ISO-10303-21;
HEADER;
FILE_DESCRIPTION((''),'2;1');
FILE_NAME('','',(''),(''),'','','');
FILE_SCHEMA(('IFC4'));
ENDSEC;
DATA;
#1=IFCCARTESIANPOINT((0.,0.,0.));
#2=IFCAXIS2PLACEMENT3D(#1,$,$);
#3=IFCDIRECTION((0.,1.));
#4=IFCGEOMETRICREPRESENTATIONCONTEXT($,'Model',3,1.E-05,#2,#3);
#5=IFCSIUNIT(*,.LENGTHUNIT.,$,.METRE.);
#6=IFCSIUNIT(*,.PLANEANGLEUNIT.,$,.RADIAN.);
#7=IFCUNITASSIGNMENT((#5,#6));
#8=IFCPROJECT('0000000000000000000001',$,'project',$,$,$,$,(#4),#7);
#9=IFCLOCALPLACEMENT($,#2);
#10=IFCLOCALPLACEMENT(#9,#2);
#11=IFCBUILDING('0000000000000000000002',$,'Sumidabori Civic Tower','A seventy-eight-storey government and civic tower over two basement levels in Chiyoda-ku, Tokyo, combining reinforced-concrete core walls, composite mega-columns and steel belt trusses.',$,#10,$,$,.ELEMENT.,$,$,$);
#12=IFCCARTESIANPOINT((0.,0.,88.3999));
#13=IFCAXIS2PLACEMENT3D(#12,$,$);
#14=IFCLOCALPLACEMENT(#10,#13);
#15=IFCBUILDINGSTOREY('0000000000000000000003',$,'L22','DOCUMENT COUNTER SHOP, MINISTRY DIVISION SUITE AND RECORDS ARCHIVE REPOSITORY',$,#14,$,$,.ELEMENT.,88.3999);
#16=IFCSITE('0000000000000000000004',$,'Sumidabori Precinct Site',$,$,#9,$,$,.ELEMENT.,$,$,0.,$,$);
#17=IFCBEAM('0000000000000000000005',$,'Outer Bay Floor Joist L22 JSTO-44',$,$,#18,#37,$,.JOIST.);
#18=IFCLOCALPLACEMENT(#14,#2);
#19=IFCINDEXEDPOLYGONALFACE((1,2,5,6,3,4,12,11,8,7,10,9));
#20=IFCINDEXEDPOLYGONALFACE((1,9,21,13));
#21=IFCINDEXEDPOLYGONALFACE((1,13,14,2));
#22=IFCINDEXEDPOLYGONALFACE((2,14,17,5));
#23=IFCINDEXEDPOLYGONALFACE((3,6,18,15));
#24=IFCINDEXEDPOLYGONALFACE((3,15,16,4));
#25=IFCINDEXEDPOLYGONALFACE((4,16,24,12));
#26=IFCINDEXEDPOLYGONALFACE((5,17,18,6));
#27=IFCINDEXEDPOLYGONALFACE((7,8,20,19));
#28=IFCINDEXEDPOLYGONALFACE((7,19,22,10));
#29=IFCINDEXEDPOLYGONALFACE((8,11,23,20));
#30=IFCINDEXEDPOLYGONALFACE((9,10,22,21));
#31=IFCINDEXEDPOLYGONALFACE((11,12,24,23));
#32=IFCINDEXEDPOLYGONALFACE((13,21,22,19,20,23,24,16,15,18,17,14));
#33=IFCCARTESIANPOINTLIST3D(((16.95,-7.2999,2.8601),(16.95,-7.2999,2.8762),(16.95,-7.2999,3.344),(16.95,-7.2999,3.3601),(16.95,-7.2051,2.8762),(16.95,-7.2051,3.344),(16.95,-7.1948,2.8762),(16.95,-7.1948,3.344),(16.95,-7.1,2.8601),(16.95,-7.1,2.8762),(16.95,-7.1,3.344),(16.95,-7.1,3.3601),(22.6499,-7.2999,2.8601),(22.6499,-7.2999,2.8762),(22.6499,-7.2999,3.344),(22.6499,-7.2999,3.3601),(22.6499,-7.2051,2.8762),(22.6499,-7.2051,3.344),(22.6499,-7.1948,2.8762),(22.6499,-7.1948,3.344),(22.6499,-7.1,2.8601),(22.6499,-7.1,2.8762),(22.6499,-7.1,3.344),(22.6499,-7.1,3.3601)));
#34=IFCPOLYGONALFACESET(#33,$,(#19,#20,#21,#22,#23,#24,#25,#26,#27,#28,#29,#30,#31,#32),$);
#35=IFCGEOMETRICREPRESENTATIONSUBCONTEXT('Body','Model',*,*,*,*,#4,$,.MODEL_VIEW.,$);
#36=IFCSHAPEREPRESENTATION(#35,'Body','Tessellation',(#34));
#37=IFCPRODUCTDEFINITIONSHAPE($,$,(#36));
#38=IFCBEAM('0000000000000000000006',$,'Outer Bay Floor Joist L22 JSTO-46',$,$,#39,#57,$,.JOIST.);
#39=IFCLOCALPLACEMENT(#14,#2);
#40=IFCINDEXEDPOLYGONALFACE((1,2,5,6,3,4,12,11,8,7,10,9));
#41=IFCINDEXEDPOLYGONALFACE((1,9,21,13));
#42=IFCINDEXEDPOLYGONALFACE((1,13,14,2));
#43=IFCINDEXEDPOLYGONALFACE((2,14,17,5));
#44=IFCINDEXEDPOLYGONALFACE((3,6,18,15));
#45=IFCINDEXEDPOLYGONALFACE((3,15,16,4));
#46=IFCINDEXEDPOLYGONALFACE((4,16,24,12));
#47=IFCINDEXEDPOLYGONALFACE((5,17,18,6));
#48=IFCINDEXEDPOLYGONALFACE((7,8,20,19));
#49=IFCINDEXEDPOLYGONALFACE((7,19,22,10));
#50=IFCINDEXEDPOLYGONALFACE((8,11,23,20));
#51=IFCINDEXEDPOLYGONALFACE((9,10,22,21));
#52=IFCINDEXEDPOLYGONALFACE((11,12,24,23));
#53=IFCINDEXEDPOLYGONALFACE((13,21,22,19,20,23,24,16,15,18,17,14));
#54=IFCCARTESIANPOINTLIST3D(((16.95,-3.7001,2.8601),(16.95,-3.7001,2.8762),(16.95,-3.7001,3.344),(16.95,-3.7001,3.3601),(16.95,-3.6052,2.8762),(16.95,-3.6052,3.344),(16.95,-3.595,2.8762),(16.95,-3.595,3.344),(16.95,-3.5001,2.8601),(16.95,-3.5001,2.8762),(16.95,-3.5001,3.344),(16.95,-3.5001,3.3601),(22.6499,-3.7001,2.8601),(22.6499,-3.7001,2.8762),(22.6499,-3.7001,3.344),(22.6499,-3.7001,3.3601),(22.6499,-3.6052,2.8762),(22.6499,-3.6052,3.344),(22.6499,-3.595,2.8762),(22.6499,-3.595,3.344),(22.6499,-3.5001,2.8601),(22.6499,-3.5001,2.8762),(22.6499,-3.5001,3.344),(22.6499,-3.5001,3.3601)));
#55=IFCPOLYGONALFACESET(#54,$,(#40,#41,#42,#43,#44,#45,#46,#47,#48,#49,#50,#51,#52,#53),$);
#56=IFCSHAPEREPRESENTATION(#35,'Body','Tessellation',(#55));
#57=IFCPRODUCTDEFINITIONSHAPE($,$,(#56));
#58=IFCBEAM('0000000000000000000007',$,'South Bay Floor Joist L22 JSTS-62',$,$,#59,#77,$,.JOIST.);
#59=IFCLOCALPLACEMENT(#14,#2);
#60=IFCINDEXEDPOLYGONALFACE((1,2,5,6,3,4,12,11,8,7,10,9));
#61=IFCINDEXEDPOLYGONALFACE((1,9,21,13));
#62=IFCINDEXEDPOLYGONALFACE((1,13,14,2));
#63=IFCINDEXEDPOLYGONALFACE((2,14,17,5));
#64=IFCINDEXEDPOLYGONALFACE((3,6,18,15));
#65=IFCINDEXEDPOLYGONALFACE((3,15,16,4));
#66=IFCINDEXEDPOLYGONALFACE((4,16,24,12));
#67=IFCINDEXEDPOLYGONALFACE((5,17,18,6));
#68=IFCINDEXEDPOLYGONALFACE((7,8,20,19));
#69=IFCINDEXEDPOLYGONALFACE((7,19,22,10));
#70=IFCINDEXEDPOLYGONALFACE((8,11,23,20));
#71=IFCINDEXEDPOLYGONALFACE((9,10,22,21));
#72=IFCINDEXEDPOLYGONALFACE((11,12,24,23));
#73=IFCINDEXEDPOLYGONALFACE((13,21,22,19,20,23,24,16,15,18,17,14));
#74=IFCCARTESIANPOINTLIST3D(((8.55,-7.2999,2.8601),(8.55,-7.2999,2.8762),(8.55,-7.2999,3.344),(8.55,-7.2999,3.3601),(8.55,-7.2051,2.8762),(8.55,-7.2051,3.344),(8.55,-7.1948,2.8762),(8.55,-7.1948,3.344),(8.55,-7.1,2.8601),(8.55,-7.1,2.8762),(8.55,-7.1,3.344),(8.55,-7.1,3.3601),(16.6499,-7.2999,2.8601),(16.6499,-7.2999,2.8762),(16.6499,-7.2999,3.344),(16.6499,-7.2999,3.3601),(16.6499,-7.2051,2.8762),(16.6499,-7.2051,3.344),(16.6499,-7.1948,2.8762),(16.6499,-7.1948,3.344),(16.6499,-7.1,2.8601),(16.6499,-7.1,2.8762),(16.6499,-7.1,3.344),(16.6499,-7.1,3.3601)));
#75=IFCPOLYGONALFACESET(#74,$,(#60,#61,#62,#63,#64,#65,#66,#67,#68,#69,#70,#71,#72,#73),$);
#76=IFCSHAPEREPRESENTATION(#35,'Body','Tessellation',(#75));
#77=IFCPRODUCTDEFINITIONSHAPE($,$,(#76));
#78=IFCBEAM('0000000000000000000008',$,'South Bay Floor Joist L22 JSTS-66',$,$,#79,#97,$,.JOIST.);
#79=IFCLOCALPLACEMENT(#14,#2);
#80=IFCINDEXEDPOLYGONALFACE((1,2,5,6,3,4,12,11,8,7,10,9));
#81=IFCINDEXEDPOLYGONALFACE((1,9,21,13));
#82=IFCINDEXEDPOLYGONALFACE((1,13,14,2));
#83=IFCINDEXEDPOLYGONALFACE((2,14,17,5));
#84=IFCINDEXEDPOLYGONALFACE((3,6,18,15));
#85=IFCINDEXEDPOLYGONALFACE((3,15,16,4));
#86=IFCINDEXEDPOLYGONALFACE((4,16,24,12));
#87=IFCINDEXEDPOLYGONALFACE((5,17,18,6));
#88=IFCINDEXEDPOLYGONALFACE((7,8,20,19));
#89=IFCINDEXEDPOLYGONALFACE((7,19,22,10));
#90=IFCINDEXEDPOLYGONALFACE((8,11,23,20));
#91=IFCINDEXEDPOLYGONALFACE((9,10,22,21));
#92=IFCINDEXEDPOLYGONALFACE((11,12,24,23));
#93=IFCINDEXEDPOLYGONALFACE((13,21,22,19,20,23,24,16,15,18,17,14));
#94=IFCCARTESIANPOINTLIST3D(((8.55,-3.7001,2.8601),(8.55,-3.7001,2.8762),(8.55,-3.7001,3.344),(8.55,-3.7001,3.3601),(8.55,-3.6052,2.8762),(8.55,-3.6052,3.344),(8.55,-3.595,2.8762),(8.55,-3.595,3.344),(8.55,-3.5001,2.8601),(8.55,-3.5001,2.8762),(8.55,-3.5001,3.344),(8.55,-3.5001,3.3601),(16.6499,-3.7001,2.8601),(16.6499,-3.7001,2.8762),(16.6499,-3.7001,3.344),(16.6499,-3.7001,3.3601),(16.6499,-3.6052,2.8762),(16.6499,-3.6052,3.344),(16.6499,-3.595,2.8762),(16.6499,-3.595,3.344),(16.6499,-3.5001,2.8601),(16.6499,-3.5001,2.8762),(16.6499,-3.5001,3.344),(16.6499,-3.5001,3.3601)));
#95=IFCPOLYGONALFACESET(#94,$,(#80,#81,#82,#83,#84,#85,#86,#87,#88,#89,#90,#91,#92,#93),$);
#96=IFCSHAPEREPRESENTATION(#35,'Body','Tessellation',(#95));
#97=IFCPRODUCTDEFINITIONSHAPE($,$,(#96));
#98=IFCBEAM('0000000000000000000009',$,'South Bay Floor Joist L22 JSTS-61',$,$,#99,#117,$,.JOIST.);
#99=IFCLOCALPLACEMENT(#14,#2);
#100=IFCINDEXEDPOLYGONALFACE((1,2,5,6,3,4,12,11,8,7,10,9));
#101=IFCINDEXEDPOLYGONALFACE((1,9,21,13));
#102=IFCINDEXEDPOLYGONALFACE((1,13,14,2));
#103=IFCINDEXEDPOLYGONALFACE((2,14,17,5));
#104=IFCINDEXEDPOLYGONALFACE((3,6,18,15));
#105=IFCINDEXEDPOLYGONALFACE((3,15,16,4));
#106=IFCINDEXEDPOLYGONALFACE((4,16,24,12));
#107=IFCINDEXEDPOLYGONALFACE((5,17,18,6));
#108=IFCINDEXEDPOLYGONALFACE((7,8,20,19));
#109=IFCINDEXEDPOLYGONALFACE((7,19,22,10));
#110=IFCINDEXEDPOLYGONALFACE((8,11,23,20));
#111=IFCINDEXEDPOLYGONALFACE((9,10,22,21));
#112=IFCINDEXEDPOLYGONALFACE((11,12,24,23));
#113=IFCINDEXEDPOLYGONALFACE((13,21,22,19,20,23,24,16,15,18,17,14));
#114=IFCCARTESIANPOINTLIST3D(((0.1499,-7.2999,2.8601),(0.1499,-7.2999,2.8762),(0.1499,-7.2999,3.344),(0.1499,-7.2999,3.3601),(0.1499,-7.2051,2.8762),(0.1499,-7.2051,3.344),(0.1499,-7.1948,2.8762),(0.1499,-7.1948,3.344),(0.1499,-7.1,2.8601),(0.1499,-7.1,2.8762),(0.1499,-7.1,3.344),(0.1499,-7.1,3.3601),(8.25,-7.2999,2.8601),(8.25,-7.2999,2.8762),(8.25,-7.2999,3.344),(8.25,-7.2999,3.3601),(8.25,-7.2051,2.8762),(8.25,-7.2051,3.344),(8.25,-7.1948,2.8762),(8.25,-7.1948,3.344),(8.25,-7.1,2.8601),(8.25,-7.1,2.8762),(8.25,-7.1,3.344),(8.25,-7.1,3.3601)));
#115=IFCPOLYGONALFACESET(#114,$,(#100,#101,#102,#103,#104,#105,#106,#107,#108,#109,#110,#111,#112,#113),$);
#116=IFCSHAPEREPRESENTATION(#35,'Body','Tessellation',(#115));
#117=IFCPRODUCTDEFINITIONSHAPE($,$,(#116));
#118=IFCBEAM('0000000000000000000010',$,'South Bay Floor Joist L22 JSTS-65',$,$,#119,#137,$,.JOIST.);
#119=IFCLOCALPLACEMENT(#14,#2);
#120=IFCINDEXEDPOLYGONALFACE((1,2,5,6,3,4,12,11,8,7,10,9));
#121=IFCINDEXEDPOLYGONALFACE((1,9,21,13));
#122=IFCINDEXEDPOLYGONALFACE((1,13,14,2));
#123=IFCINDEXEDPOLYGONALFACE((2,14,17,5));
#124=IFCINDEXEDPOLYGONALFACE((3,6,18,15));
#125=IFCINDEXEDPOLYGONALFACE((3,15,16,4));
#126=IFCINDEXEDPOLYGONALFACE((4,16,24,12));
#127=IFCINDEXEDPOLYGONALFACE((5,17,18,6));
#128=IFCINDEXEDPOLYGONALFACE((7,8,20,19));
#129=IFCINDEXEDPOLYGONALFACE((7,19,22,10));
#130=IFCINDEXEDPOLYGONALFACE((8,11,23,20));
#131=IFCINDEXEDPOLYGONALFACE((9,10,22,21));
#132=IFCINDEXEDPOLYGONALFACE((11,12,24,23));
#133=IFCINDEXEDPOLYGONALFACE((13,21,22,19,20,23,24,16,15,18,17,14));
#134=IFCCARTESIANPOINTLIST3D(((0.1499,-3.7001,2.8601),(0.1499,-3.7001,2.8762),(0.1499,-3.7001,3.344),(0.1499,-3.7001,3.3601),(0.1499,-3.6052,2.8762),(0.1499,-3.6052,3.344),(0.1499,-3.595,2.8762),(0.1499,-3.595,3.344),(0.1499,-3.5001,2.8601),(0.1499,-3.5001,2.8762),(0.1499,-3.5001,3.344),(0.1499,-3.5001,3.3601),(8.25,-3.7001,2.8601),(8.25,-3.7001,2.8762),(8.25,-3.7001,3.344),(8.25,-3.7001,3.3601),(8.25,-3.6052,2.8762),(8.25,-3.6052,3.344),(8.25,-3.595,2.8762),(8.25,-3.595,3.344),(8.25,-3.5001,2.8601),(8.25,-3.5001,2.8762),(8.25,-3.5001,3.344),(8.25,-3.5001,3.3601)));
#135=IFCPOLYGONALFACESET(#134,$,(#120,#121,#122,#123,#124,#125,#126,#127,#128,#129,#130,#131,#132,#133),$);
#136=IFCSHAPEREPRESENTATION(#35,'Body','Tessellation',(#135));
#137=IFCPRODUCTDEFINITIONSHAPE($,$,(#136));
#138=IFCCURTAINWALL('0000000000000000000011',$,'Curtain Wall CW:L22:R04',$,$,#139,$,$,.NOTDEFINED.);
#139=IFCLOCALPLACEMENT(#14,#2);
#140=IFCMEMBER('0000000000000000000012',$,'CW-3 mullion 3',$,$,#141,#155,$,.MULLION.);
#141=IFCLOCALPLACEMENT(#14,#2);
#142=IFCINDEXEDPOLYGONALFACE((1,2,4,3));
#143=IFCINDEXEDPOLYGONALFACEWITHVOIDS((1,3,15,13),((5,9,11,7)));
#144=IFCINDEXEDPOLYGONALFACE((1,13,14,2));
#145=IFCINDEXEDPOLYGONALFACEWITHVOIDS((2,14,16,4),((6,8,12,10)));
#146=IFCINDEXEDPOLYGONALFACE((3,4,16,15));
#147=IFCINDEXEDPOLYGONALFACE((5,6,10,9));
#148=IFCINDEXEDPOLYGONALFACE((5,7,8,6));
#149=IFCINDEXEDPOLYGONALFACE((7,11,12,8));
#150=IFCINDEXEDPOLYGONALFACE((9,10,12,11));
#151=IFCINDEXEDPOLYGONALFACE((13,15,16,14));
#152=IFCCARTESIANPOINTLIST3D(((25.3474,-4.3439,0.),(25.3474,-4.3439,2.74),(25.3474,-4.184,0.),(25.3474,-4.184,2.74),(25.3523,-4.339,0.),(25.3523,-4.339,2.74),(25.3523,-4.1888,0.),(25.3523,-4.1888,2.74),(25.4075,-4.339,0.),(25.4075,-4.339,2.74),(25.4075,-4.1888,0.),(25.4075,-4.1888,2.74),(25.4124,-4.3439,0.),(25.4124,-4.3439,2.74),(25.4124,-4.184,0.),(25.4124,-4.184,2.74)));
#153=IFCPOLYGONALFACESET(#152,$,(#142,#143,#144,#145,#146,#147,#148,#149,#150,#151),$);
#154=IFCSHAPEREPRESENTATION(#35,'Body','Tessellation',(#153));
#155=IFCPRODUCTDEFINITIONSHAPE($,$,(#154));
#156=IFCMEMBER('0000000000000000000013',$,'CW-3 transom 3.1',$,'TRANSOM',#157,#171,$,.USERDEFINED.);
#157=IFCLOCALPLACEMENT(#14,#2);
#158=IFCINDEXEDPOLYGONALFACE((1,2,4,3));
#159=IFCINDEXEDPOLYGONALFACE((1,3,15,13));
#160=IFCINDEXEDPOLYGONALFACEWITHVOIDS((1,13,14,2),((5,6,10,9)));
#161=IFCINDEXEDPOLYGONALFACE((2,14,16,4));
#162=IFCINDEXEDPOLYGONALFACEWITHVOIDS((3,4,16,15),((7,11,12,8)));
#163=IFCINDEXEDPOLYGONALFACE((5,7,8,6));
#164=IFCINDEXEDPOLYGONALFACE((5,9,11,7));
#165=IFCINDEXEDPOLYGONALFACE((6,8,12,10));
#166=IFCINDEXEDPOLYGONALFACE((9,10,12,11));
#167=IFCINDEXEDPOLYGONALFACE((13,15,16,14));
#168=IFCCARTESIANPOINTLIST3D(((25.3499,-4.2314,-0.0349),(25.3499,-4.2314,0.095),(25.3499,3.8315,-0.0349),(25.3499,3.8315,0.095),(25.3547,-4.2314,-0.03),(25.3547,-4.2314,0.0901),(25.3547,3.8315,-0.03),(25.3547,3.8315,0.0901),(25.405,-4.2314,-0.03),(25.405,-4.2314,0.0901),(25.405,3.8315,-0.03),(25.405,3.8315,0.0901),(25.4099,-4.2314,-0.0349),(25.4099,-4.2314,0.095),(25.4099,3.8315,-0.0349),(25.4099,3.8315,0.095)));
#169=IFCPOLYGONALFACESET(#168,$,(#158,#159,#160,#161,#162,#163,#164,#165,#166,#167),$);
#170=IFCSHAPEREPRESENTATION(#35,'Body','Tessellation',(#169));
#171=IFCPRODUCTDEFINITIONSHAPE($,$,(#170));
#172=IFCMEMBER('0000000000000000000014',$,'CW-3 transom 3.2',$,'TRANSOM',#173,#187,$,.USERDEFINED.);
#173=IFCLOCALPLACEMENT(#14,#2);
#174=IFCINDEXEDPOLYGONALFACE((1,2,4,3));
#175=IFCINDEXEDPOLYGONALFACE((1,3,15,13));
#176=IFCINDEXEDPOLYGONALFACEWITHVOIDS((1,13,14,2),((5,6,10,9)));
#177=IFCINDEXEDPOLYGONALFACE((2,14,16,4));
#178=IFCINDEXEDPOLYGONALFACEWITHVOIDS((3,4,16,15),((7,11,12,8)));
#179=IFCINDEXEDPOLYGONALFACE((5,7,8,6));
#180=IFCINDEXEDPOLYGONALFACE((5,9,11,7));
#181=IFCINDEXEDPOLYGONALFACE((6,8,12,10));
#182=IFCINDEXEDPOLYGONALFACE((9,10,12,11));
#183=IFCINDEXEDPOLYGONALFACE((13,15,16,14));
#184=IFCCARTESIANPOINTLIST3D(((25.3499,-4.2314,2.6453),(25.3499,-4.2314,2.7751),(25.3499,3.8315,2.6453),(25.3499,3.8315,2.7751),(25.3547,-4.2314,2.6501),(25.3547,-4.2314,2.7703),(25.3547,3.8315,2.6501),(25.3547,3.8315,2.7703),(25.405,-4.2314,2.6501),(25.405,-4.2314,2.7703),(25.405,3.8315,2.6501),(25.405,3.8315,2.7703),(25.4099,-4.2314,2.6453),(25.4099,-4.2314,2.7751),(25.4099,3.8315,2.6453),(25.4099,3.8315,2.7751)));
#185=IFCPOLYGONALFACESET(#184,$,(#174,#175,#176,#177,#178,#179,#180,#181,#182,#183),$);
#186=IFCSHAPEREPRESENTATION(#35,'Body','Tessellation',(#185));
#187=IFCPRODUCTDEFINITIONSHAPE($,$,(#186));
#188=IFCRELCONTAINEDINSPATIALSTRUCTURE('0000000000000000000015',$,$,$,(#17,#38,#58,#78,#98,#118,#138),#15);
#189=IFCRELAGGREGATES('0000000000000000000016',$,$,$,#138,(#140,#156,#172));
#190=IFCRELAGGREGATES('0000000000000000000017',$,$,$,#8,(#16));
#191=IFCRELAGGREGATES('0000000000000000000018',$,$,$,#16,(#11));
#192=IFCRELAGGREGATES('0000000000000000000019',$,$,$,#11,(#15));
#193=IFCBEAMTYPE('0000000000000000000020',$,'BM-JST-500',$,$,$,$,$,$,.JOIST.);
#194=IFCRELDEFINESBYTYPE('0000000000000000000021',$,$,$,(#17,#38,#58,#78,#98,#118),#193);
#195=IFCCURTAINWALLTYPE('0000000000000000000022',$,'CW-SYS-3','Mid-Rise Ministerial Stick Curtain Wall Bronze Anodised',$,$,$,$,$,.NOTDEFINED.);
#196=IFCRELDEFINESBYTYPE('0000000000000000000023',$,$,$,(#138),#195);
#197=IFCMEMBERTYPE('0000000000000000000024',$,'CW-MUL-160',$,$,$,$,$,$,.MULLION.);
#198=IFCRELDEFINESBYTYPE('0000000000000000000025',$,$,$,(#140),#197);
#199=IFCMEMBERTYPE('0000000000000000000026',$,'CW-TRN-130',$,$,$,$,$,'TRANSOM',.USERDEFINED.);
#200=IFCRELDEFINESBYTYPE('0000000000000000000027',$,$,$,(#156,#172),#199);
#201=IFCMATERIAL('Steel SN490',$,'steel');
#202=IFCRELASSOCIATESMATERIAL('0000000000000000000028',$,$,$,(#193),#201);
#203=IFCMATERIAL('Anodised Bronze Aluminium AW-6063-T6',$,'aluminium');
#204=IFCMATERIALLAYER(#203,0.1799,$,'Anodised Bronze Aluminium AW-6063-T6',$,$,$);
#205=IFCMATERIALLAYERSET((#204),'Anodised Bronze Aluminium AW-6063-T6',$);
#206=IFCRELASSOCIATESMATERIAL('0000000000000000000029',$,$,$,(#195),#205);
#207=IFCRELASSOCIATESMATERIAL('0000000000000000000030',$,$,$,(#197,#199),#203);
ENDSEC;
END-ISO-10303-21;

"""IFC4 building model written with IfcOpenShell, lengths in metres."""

from ifc_helpers import new_model, si_unit, direction, frame, origin, origin_2d, place, context, subcontext, project, spatial, hollow_rectangle, i_section, extrude, source, transform, mapped, material, layer, layer_set, material_profile, profile_set, type_object, element, aggregate, save


model = new_model("IFC4")

# Units and contexts
model_context = context("Model", 3, precision=1e-05, world=origin(), true_north=direction((0.0, 1.0)))
body_context = subcontext(model_context, "Body", "Model", "MODEL_VIEW")
ifc_project = project(units=[si_unit("LENGTHUNIT", "METRE"), si_unit("PLANEANGLEUNIT", "RADIAN")], contexts=[model_context])

# Site, building, storey
site_placement = place(None, origin())
site = spatial("IfcSite", under=ifc_project, at=site_placement, Name="Sumidabori Precinct Site", CompositionType="ELEMENT", RefElevation=0.0)
building_placement = place(site_placement, origin())
building = spatial("IfcBuilding", under=site, at=building_placement, Name="Sumidabori Civic Tower", Description="A seventy-eight-storey government and civic tower over two basement levels in Chiyoda-ku, Tokyo, combining reinforced-concrete core walls, composite mega-columns and steel belt trusses.", CompositionType="ELEMENT")
storey_placement = place(building_placement, frame((0.0, 0.0, 88.3999)))
storey = spatial("IfcBuildingStorey", under=building, at=storey_placement, Name="L22", Description="DOCUMENT COUNTER SHOP, MINISTRY DIVISION SUITE AND RECORDS ARCHIVE REPOSITORY", CompositionType="ELEMENT", Elevation=88.3999)

# Beams
ifc_material_1 = material(Name="Steel SN490", Category="steel")
ifc_material_profile_1 = material_profile(ifc_material_1, i_section(OverallWidth=0.2, OverallDepth=0.5, WebThickness=0.0103, FlangeThickness=0.0161, at=origin_2d()), Name="IPE 500")
ifc_profile_set_1 = profile_set([ifc_material_profile_1], Name="Steel SN490")
beam_type_1 = type_object("IfcBeamType", Name="BM-JST-500", PredefinedType="JOIST", material=ifc_profile_set_1)
shared_shape_1 = source(origin(), body_context, "Body", "SweptSolid", [
    extrude(i_section(OverallWidth=0.2, OverallDepth=0.5, WebThickness=0.0103, FlangeThickness=0.0161, at=origin_2d()), origin(), (0.0, 0.0, 1.0), 5.7),
])
for number, where, z_axis, x_axis, name in (
    (1, (16.95, -7.2, 3.1101), (1.0, 0.0, 0.0), (0.0, 1.0, 0.0), "Outer Bay Floor Joist L22 JSTO-44"),
    (2, (16.95, -3.6001, 3.1101), (1.0, 0.0, 0.0), (0.0, 1.0, 0.0), "Outer Bay Floor Joist L22 JSTO-46"),
):
    element("IfcBeam", number, at=place(storey_placement, frame(where, z_axis=z_axis, x_axis=x_axis)), inside=storey, type_object=beam_type_1, Name=name, PredefinedType="JOIST", context=body_context, shape_type="MappedRepresentation", body=[
        mapped(shared_shape_1, transform((0.0, 0.0, 0.0), x_axis=(1.0, 0.0, 0.0), y_axis=(0.0, 1.0, 0.0), z_axis=(0.0, 0.0, 1.0), scale=1.0)),
    ])
shared_shape_2 = source(origin(), body_context, "Body", "SweptSolid", [
    extrude(i_section(OverallWidth=0.2, OverallDepth=0.5, WebThickness=0.0103, FlangeThickness=0.0161, at=origin_2d()), origin(), (0.0, 0.0, 1.0), 8.0999),
])
for number, where, z_axis, x_axis, name in (
    (3, (8.55, -7.2, 3.1101), (1.0, 0.0, 0.0), (0.0, 1.0, 0.0), "South Bay Floor Joist L22 JSTS-62"),
    (4, (8.55, -3.6001, 3.1101), (1.0, 0.0, 0.0), (0.0, 1.0, 0.0), "South Bay Floor Joist L22 JSTS-66"),
):
    element("IfcBeam", number, at=place(storey_placement, frame(where, z_axis=z_axis, x_axis=x_axis)), inside=storey, type_object=beam_type_1, Name=name, PredefinedType="JOIST", context=body_context, shape_type="MappedRepresentation", body=[
        mapped(shared_shape_2, transform((0.0, 0.0, 0.0), x_axis=(1.0, 0.0, 0.0), y_axis=(0.0, 1.0, 0.0), z_axis=(0.0, 0.0, 1.0), scale=1.0)),
    ])
shared_shape_3 = source(origin(), body_context, "Body", "SweptSolid", [
    extrude(i_section(OverallWidth=0.2, OverallDepth=0.5, WebThickness=0.0103, FlangeThickness=0.0161, at=origin_2d()), origin(), (0.0, 0.0, 1.0), 8.1001),
])
for number, where, z_axis, x_axis, name in (
    (5, (0.1499, -7.2, 3.1101), (1.0, 0.0, 0.0), (0.0, 1.0, 0.0), "South Bay Floor Joist L22 JSTS-61"),
    (6, (0.1499, -3.6001, 3.1101), (1.0, 0.0, 0.0), (0.0, 1.0, 0.0), "South Bay Floor Joist L22 JSTS-65"),
):
    element("IfcBeam", number, at=place(storey_placement, frame(where, z_axis=z_axis, x_axis=x_axis)), inside=storey, type_object=beam_type_1, Name=name, PredefinedType="JOIST", context=body_context, shape_type="MappedRepresentation", body=[
        mapped(shared_shape_3, transform((0.0, 0.0, 0.0), x_axis=(1.0, 0.0, 0.0), y_axis=(0.0, 1.0, 0.0), z_axis=(0.0, 0.0, 1.0), scale=1.0)),
    ])

# Curtain wall, members
ifc_material_2 = material(Name="Anodised Bronze Aluminium AW-6063-T6", Category="aluminium")
ifc_layer_1 = layer(ifc_material_2, 0.1799, Name="Anodised Bronze Aluminium AW-6063-T6")
ifc_layer_set_1 = layer_set([ifc_layer_1], Name="Anodised Bronze Aluminium AW-6063-T6")
curtain_wall_type = type_object("IfcCurtainWallType", Name="CW-SYS-3", Description="Mid-Rise Ministerial Stick Curtain Wall Bronze Anodised", PredefinedType="NOTDEFINED", material=ifc_layer_set_1)
curtain_wall_placement = place(storey_placement, origin())
curtain_wall = element("IfcCurtainWall", 7, at=curtain_wall_placement, inside=storey, type_object=curtain_wall_type, Name="Curtain Wall CW:L22:R04", PredefinedType="NOTDEFINED")
ifc_material_profile_2 = material_profile(ifc_material_2, hollow_rectangle(XDim=0.0649, YDim=0.1599, WallThickness=0.0049, at=origin_2d()), Name="ALU MULLION 160x65")
ifc_profile_set_2 = profile_set([ifc_material_profile_2], Name="Anodised Bronze Aluminium AW-6063-T6")
member_type_1 = type_object("IfcMemberType", Name="CW-MUL-160", PredefinedType="MULLION", material=ifc_profile_set_2)
shared_shape_4 = source(origin(), body_context, "Body", "SweptSolid", [
    extrude(hollow_rectangle(XDim=0.0649, YDim=0.1599, WallThickness=0.0049, at=origin_2d()), origin(), (0.0, 0.0, 1.0), 2.74),
])
member_1_placement = place(storey_placement, frame((25.3799, -4.2639, 0.0), z_axis=(0.0, 0.0, 1.0), x_axis=(-1.0, 0.0, 0.0)))
member_1 = element("IfcMember", 8, at=member_1_placement, type_object=member_type_1, Name="CW-3 mullion 3", PredefinedType="MULLION", context=body_context, shape_type="MappedRepresentation", body=[
    mapped(shared_shape_4, transform((0.0, 0.0, 0.0), x_axis=(1.0, 0.0, 0.0), y_axis=(0.0, 1.0, 0.0), z_axis=(0.0, 0.0, 1.0), scale=1.0)),
])
ifc_material_profile_3 = material_profile(ifc_material_2, hollow_rectangle(XDim=0.0601, YDim=0.1299, WallThickness=0.0049, at=origin_2d()), Name="ALU TRANSOM 130x60")
ifc_profile_set_3 = profile_set([ifc_material_profile_3], Name="Anodised Bronze Aluminium AW-6063-T6")
member_type_2 = type_object("IfcMemberType", Name="CW-TRN-130", ElementType="TRANSOM", PredefinedType="USERDEFINED", material=ifc_profile_set_3)
shared_shape_5 = source(origin(), body_context, "Body", "SweptSolid", [
    extrude(hollow_rectangle(XDim=0.0601, YDim=0.1299, WallThickness=0.0049, at=origin_2d()), origin(), (0.0, 0.0, 1.0), 8.063),
])
member_2_placement = place(storey_placement, frame((25.3799, -4.2314, 0.03), z_axis=(0.0, 1.0, 0.0), x_axis=(-1.0, 0.0, 0.0)))
member_2 = element("IfcMember", 9, at=member_2_placement, type_object=member_type_2, Name="CW-3 transom 3.1", ObjectType="TRANSOM", PredefinedType="USERDEFINED", context=body_context, shape_type="MappedRepresentation", body=[
    mapped(shared_shape_5, transform((0.0, 0.0, 0.0), x_axis=(1.0, 0.0, 0.0), y_axis=(0.0, 1.0, 0.0), z_axis=(0.0, 0.0, 1.0), scale=1.0)),
])
member_3_placement = place(storey_placement, frame((25.3799, -4.2314, 2.7102), z_axis=(0.0, 1.0, 0.0), x_axis=(-1.0, 0.0, 0.0)))
member_3 = element("IfcMember", 10, at=member_3_placement, type_object=member_type_2, Name="CW-3 transom 3.2", ObjectType="TRANSOM", PredefinedType="USERDEFINED", context=body_context, shape_type="MappedRepresentation", body=[
    mapped(shared_shape_5, transform((0.0, 0.0, 0.0), x_axis=(1.0, 0.0, 0.0), y_axis=(0.0, 1.0, 0.0), z_axis=(0.0, 0.0, 1.0), scale=1.0)),
])
aggregate(curtain_wall, [member_1, member_2, member_3])

save(model, "model.ifc")
